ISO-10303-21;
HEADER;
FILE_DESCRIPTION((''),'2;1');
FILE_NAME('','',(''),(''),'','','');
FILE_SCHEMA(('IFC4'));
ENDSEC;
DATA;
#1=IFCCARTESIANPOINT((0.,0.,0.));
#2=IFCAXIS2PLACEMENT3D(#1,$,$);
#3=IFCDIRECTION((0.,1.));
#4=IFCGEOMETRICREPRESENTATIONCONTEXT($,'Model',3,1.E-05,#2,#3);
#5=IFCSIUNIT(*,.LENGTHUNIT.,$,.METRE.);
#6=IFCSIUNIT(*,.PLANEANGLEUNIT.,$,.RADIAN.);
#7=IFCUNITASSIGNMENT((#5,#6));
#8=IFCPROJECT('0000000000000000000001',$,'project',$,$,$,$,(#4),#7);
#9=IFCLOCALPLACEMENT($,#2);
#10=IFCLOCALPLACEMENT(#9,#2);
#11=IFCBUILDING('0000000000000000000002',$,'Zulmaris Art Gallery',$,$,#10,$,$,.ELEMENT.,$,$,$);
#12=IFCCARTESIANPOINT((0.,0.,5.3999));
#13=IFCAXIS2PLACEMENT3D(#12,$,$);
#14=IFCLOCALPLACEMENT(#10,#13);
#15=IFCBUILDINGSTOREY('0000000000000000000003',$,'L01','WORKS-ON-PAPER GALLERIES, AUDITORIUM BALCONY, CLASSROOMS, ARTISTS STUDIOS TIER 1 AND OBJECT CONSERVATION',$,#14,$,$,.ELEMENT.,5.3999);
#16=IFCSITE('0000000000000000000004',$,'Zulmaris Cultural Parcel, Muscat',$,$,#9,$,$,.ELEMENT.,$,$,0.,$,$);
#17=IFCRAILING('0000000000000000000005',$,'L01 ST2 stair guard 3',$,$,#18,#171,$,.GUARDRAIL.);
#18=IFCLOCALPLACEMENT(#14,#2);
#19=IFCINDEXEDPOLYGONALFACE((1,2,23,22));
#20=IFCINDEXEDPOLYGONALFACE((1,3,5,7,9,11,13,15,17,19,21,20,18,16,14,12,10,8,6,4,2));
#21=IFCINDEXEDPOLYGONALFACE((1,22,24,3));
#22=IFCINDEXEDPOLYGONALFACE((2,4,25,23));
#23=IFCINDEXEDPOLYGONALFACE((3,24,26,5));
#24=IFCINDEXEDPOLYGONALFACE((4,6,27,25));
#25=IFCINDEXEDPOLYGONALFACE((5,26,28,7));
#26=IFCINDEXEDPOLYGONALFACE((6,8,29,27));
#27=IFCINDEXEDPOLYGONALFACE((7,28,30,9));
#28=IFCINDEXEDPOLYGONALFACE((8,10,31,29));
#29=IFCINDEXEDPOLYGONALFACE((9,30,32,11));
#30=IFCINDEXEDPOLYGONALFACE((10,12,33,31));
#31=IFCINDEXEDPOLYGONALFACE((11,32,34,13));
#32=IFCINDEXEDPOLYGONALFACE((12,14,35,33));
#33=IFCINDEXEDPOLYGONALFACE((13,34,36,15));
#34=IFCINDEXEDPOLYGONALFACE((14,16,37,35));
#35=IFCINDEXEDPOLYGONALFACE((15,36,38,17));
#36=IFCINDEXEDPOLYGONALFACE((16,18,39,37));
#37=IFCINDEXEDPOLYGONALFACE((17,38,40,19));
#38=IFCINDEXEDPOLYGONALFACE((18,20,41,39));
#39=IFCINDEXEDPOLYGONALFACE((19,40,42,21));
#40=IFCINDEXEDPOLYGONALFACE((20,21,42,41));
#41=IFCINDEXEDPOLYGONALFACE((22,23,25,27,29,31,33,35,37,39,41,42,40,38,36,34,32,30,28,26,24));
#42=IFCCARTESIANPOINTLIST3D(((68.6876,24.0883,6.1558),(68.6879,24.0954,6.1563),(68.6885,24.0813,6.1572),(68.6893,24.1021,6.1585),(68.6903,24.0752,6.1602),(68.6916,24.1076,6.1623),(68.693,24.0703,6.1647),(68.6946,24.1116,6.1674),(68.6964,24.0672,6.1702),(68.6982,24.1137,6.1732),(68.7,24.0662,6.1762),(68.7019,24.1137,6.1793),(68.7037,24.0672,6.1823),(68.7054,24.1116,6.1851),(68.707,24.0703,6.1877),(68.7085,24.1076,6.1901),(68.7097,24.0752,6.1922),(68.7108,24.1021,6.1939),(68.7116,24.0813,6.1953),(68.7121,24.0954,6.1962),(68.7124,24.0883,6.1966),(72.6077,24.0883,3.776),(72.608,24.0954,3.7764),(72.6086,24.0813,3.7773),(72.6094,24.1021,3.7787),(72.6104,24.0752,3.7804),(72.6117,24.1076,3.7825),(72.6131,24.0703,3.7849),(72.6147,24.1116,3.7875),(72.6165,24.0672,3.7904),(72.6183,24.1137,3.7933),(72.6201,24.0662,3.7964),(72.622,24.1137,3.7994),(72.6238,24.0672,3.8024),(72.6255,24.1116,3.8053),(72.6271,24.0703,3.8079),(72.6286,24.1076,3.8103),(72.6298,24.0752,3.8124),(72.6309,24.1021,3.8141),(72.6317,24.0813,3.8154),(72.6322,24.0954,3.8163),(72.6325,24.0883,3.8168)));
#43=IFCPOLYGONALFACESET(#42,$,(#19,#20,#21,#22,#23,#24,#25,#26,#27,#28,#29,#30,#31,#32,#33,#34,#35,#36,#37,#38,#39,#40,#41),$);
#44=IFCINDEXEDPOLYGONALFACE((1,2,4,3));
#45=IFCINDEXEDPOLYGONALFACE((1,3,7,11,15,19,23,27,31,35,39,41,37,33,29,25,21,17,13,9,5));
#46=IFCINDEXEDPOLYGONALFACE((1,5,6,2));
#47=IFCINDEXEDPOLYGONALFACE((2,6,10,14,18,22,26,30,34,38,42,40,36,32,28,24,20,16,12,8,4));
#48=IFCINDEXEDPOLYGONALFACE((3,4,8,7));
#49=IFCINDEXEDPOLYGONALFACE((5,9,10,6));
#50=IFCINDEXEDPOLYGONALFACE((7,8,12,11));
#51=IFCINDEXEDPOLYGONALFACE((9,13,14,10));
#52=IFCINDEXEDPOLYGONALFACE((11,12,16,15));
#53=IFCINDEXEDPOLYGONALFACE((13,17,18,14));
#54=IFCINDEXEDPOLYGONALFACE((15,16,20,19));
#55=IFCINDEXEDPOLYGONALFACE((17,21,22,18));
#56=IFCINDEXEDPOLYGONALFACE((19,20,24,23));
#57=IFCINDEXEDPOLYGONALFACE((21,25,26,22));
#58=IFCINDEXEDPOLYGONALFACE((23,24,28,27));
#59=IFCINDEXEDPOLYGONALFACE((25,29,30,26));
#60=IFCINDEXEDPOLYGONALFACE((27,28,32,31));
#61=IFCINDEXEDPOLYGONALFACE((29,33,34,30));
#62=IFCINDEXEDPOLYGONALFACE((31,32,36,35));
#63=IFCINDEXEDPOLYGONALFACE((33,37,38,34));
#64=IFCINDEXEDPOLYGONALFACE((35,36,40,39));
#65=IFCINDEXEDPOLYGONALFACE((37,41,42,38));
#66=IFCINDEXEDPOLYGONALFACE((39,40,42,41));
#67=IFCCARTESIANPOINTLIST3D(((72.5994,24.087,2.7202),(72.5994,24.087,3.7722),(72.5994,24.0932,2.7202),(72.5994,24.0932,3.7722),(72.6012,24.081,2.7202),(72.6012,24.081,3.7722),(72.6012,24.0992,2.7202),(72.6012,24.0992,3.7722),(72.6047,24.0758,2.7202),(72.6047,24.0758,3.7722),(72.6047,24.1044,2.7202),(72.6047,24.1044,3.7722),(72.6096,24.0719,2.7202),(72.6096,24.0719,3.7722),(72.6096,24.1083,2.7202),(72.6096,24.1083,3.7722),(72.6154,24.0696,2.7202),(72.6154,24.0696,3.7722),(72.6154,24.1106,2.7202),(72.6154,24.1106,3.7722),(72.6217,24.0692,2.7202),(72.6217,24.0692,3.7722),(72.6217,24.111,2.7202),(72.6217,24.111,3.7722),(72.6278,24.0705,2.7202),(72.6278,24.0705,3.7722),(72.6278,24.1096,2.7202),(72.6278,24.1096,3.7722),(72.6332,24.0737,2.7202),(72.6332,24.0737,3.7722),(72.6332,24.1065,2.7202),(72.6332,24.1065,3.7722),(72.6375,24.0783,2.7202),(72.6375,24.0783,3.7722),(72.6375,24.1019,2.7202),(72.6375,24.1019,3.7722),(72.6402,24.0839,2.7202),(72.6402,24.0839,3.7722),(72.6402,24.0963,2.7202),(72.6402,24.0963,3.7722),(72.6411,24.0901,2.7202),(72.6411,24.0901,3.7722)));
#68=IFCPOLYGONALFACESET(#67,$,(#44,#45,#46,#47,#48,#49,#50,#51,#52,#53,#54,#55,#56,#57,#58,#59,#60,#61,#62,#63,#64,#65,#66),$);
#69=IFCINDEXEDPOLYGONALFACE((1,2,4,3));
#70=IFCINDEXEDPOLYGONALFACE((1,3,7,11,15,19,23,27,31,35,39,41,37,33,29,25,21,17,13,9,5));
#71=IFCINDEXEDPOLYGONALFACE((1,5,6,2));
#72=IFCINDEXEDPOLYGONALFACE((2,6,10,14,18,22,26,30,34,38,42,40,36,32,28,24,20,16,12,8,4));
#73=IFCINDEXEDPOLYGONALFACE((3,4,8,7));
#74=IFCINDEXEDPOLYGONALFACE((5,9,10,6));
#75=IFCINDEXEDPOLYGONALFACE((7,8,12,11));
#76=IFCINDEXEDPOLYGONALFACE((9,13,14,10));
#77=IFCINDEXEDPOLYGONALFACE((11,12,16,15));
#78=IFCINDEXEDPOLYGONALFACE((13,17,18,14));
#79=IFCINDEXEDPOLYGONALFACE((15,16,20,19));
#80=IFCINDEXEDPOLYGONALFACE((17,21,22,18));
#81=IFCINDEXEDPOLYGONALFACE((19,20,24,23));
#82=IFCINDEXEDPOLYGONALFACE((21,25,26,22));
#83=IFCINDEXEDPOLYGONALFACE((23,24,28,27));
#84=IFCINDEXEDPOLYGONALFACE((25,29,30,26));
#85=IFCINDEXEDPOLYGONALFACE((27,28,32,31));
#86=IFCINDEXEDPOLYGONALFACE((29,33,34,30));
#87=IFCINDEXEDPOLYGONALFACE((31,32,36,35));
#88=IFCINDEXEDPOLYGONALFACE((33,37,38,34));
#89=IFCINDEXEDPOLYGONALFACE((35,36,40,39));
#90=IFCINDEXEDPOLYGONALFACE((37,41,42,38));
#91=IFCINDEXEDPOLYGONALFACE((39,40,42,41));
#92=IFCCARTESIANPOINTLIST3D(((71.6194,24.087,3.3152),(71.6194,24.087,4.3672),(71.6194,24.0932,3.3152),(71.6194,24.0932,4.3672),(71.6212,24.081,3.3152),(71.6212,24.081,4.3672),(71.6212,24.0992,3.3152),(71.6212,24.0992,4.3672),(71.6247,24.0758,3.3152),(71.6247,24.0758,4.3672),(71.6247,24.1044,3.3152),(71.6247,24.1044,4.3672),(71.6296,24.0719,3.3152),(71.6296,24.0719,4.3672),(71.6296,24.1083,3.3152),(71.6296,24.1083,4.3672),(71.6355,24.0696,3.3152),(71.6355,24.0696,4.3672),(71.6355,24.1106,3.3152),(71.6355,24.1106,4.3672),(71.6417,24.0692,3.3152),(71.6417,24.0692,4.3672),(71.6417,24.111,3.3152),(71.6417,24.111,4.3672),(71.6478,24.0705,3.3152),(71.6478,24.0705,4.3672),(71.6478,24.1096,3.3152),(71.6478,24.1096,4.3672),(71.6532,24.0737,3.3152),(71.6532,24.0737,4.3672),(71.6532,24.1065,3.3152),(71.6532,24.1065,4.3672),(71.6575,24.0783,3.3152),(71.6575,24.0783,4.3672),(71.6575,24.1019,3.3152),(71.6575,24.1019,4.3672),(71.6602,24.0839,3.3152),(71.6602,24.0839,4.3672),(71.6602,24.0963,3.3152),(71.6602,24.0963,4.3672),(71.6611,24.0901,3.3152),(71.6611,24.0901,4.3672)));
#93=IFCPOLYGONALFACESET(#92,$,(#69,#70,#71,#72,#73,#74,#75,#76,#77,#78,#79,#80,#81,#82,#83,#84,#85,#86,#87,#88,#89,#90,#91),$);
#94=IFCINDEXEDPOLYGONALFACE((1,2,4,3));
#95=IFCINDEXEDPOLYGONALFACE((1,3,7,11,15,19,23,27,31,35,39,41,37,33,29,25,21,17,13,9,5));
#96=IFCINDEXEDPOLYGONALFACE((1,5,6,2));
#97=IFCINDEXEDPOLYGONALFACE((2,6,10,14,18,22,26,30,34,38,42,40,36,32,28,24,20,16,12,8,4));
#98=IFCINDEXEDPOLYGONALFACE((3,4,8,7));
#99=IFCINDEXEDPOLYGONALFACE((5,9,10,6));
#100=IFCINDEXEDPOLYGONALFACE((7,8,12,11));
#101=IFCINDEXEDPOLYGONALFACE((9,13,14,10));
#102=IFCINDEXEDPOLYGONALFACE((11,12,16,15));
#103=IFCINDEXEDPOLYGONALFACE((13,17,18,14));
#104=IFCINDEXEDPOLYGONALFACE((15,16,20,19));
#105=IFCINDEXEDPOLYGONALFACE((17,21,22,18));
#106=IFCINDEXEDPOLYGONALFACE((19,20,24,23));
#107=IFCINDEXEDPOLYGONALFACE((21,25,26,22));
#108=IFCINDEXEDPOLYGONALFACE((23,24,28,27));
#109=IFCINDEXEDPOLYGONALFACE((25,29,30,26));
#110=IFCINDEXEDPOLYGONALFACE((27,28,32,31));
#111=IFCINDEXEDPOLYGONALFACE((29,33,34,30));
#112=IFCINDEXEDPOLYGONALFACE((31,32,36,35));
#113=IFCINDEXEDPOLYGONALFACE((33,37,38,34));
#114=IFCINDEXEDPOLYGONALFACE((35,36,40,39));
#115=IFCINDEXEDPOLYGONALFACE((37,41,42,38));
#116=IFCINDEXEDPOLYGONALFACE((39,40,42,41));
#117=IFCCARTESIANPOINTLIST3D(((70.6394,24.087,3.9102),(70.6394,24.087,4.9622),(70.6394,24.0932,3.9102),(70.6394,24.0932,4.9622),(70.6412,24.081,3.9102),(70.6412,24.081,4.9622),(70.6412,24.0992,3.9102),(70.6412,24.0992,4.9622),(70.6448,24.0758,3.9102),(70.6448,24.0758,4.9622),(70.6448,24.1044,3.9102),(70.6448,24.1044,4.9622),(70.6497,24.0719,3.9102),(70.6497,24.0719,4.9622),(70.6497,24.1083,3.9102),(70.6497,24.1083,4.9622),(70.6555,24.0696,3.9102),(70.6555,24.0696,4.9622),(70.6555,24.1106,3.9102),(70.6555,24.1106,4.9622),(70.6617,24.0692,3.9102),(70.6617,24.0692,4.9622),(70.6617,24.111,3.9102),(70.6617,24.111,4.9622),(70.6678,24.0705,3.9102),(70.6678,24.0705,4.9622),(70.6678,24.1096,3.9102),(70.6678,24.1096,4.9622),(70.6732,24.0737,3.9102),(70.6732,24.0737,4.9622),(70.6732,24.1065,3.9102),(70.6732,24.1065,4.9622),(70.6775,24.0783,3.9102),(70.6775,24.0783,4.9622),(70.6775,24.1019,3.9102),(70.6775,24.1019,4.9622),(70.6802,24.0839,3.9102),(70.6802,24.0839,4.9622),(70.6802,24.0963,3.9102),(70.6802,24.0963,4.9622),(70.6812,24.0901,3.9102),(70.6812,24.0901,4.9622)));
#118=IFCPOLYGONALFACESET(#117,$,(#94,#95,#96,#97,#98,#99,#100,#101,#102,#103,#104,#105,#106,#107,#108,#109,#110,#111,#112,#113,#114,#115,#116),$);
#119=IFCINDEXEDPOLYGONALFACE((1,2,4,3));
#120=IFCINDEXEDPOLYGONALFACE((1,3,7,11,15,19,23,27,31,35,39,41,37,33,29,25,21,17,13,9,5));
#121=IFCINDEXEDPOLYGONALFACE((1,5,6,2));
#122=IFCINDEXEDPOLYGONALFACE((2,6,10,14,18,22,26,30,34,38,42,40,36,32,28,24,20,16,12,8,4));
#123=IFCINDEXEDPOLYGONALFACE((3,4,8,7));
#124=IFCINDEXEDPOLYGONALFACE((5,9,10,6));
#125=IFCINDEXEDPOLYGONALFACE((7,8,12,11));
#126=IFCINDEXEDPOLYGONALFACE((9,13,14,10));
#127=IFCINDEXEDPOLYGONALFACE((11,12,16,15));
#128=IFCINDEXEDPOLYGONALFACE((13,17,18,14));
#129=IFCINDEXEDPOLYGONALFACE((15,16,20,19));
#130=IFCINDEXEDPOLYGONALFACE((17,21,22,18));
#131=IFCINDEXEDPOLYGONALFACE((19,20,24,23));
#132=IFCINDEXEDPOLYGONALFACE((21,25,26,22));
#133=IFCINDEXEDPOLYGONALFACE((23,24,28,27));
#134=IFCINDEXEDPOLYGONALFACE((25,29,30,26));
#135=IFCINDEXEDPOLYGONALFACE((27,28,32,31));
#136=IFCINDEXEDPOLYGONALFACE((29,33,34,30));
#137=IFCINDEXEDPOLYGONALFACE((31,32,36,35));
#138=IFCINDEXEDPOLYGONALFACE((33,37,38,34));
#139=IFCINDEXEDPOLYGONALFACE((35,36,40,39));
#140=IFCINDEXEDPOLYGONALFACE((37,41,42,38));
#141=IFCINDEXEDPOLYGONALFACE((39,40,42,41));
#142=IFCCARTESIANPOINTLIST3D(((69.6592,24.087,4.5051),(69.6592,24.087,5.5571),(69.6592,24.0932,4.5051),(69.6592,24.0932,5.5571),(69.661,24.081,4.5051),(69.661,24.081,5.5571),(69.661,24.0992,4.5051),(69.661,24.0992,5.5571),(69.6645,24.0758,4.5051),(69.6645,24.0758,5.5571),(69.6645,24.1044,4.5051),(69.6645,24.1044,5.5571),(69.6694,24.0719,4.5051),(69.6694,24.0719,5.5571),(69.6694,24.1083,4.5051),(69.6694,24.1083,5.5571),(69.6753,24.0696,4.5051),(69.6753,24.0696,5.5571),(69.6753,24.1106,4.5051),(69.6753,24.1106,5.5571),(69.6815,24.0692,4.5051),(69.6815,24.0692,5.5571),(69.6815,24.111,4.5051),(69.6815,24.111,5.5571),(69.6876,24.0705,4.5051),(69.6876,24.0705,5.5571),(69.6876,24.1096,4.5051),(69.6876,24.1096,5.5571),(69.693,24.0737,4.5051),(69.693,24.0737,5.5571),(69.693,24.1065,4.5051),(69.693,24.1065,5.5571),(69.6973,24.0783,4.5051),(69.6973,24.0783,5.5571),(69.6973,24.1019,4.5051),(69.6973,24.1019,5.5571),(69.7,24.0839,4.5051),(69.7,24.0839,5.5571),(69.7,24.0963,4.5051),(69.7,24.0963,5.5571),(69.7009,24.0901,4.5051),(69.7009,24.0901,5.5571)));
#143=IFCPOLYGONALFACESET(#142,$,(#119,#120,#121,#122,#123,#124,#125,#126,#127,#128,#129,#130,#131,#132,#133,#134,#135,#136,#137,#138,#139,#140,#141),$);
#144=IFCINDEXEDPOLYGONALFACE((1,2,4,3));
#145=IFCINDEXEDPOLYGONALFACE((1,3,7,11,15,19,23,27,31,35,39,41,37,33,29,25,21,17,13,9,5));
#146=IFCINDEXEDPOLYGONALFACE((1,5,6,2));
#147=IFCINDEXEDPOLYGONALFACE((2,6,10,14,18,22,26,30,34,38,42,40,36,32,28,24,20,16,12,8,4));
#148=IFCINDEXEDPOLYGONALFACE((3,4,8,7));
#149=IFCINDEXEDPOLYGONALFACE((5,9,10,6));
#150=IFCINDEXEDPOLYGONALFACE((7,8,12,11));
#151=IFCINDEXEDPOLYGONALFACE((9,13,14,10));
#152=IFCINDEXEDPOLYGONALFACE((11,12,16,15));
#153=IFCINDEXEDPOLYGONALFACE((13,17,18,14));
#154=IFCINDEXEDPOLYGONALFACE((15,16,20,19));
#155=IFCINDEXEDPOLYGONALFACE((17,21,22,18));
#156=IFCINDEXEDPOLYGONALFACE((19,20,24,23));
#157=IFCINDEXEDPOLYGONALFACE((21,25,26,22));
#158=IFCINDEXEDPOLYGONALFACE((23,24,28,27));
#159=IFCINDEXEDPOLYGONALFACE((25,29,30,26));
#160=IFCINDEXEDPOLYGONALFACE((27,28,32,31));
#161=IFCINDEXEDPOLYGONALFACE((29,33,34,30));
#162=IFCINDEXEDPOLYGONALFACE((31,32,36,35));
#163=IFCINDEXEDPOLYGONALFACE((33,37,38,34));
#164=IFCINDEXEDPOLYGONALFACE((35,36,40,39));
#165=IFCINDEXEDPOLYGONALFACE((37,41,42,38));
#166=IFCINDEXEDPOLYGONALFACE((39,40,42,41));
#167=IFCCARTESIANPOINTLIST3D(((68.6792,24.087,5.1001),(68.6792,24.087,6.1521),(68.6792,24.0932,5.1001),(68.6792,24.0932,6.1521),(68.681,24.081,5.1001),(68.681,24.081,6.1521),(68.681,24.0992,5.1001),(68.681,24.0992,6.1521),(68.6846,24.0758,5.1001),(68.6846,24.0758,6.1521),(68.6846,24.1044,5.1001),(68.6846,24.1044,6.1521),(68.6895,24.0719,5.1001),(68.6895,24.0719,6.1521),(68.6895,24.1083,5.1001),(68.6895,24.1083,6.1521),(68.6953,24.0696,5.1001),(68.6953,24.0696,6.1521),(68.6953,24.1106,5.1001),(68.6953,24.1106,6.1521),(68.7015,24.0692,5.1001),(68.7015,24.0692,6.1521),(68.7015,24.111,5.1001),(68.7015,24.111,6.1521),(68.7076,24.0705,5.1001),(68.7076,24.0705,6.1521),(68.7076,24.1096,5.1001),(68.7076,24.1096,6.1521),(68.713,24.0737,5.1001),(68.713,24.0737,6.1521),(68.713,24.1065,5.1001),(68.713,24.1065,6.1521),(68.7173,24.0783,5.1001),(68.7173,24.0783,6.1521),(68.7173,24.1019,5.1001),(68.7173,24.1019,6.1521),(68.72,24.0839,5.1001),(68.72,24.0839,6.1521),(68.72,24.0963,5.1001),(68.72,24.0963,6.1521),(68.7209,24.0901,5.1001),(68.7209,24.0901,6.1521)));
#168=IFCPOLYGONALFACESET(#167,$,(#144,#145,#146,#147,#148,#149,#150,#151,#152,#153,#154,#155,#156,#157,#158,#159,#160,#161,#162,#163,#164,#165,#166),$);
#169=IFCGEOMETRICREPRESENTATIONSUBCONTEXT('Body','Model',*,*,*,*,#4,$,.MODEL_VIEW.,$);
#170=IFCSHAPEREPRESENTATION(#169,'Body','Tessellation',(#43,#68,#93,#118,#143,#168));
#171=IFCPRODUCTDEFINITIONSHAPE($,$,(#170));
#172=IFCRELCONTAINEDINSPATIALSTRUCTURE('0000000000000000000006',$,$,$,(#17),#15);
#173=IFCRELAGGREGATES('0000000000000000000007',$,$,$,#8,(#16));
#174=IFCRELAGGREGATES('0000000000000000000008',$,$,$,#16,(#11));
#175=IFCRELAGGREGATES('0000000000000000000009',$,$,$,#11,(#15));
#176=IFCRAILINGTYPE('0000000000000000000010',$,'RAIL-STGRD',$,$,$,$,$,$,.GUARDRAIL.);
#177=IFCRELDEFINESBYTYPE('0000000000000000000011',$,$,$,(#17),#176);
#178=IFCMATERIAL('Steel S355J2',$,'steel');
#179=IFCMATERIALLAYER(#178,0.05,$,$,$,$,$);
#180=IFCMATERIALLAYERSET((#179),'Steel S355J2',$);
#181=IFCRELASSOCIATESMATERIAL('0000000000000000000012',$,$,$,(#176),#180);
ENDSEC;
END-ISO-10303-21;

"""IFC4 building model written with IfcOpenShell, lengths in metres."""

from ifc_helpers import new_model, si_unit, direction, frame, origin, origin_2d, place, context, subcontext, project, spatial, circle, extrude, material, layer, layer_set, type_object, element, save


model = new_model("IFC4")

# Units and contexts
model_context = context("Model", 3, precision=1e-05, world=origin(), true_north=direction((0.0, 1.0)))
body_context = subcontext(model_context, "Body", "Model", "MODEL_VIEW")
ifc_project = project(units=[si_unit("LENGTHUNIT", "METRE"), si_unit("PLANEANGLEUNIT", "RADIAN")], contexts=[model_context])

# Site, building, storey
site_placement = place(None, origin())
site = spatial("IfcSite", under=ifc_project, at=site_placement, Name="Zulmaris Cultural Parcel, Muscat", CompositionType="ELEMENT", RefElevation=0.0)
building_placement = place(site_placement, origin())
building = spatial("IfcBuilding", under=site, at=building_placement, Name="Zulmaris Art Gallery", CompositionType="ELEMENT")
storey_placement = place(building_placement, frame((0.0, 0.0, 5.3999)))
storey = spatial("IfcBuildingStorey", under=building, at=storey_placement, Name="L01", Description="WORKS-ON-PAPER GALLERIES, AUDITORIUM BALCONY, CLASSROOMS, ARTISTS STUDIOS TIER 1 AND OBJECT CONSERVATION", CompositionType="ELEMENT", Elevation=5.3999)

# Shared definitions
ifc_material_1 = material(Name="Steel S355J2", Category="steel")

# Railing
ifc_layer_1 = layer(ifc_material_1, 0.05)
ifc_layer_set_1 = layer_set([ifc_layer_1], Name="Steel S355J2")
railing_type_1 = type_object("IfcRailingType", Name="RAIL-STGRD", PredefinedType="GUARDRAIL", material=ifc_layer_set_1)
railing_1_placement = place(storey_placement, frame((72.6201, 24.0901, 2.7202)))
element("IfcRailing", 1, at=railing_1_placement, inside=storey, type_object=railing_type_1, Name="L01 ST2 stair guard 3", PredefinedType="GUARDRAIL", context=body_context, shape_type="SweptSolid", body=[
    extrude(circle(Radius=0.0239, at=origin_2d()), frame((0.0, 0.0, 1.0762), z_axis=(-0.854809, 0.0, 0.518943), x_axis=(0.0, -1.0, 0.0)), (0.0, 0.0, 1.0), 4.5859),
    extrude(circle(Radius=0.021, at=origin_2d()), origin(), (0.0, 0.0, 1.0), 1.052),
    extrude(circle(Radius=0.021, at=origin_2d()), frame((-0.98, 0.0, 0.595)), (0.0, 0.0, 1.0), 1.052),
    extrude(circle(Radius=0.021, at=origin_2d()), frame((-1.96, 0.0, 1.1899)), (0.0, 0.0, 1.0), 1.052),
    extrude(circle(Radius=0.021, at=origin_2d()), frame((-2.9402, 0.0, 1.7849)), (0.0, 0.0, 1.0), 1.052),
    extrude(circle(Radius=0.021, at=origin_2d()), frame((-3.9202, 0.0, 2.3799)), (0.0, 0.0, 1.0), 1.052),
])

save(model, "model.ifc")
